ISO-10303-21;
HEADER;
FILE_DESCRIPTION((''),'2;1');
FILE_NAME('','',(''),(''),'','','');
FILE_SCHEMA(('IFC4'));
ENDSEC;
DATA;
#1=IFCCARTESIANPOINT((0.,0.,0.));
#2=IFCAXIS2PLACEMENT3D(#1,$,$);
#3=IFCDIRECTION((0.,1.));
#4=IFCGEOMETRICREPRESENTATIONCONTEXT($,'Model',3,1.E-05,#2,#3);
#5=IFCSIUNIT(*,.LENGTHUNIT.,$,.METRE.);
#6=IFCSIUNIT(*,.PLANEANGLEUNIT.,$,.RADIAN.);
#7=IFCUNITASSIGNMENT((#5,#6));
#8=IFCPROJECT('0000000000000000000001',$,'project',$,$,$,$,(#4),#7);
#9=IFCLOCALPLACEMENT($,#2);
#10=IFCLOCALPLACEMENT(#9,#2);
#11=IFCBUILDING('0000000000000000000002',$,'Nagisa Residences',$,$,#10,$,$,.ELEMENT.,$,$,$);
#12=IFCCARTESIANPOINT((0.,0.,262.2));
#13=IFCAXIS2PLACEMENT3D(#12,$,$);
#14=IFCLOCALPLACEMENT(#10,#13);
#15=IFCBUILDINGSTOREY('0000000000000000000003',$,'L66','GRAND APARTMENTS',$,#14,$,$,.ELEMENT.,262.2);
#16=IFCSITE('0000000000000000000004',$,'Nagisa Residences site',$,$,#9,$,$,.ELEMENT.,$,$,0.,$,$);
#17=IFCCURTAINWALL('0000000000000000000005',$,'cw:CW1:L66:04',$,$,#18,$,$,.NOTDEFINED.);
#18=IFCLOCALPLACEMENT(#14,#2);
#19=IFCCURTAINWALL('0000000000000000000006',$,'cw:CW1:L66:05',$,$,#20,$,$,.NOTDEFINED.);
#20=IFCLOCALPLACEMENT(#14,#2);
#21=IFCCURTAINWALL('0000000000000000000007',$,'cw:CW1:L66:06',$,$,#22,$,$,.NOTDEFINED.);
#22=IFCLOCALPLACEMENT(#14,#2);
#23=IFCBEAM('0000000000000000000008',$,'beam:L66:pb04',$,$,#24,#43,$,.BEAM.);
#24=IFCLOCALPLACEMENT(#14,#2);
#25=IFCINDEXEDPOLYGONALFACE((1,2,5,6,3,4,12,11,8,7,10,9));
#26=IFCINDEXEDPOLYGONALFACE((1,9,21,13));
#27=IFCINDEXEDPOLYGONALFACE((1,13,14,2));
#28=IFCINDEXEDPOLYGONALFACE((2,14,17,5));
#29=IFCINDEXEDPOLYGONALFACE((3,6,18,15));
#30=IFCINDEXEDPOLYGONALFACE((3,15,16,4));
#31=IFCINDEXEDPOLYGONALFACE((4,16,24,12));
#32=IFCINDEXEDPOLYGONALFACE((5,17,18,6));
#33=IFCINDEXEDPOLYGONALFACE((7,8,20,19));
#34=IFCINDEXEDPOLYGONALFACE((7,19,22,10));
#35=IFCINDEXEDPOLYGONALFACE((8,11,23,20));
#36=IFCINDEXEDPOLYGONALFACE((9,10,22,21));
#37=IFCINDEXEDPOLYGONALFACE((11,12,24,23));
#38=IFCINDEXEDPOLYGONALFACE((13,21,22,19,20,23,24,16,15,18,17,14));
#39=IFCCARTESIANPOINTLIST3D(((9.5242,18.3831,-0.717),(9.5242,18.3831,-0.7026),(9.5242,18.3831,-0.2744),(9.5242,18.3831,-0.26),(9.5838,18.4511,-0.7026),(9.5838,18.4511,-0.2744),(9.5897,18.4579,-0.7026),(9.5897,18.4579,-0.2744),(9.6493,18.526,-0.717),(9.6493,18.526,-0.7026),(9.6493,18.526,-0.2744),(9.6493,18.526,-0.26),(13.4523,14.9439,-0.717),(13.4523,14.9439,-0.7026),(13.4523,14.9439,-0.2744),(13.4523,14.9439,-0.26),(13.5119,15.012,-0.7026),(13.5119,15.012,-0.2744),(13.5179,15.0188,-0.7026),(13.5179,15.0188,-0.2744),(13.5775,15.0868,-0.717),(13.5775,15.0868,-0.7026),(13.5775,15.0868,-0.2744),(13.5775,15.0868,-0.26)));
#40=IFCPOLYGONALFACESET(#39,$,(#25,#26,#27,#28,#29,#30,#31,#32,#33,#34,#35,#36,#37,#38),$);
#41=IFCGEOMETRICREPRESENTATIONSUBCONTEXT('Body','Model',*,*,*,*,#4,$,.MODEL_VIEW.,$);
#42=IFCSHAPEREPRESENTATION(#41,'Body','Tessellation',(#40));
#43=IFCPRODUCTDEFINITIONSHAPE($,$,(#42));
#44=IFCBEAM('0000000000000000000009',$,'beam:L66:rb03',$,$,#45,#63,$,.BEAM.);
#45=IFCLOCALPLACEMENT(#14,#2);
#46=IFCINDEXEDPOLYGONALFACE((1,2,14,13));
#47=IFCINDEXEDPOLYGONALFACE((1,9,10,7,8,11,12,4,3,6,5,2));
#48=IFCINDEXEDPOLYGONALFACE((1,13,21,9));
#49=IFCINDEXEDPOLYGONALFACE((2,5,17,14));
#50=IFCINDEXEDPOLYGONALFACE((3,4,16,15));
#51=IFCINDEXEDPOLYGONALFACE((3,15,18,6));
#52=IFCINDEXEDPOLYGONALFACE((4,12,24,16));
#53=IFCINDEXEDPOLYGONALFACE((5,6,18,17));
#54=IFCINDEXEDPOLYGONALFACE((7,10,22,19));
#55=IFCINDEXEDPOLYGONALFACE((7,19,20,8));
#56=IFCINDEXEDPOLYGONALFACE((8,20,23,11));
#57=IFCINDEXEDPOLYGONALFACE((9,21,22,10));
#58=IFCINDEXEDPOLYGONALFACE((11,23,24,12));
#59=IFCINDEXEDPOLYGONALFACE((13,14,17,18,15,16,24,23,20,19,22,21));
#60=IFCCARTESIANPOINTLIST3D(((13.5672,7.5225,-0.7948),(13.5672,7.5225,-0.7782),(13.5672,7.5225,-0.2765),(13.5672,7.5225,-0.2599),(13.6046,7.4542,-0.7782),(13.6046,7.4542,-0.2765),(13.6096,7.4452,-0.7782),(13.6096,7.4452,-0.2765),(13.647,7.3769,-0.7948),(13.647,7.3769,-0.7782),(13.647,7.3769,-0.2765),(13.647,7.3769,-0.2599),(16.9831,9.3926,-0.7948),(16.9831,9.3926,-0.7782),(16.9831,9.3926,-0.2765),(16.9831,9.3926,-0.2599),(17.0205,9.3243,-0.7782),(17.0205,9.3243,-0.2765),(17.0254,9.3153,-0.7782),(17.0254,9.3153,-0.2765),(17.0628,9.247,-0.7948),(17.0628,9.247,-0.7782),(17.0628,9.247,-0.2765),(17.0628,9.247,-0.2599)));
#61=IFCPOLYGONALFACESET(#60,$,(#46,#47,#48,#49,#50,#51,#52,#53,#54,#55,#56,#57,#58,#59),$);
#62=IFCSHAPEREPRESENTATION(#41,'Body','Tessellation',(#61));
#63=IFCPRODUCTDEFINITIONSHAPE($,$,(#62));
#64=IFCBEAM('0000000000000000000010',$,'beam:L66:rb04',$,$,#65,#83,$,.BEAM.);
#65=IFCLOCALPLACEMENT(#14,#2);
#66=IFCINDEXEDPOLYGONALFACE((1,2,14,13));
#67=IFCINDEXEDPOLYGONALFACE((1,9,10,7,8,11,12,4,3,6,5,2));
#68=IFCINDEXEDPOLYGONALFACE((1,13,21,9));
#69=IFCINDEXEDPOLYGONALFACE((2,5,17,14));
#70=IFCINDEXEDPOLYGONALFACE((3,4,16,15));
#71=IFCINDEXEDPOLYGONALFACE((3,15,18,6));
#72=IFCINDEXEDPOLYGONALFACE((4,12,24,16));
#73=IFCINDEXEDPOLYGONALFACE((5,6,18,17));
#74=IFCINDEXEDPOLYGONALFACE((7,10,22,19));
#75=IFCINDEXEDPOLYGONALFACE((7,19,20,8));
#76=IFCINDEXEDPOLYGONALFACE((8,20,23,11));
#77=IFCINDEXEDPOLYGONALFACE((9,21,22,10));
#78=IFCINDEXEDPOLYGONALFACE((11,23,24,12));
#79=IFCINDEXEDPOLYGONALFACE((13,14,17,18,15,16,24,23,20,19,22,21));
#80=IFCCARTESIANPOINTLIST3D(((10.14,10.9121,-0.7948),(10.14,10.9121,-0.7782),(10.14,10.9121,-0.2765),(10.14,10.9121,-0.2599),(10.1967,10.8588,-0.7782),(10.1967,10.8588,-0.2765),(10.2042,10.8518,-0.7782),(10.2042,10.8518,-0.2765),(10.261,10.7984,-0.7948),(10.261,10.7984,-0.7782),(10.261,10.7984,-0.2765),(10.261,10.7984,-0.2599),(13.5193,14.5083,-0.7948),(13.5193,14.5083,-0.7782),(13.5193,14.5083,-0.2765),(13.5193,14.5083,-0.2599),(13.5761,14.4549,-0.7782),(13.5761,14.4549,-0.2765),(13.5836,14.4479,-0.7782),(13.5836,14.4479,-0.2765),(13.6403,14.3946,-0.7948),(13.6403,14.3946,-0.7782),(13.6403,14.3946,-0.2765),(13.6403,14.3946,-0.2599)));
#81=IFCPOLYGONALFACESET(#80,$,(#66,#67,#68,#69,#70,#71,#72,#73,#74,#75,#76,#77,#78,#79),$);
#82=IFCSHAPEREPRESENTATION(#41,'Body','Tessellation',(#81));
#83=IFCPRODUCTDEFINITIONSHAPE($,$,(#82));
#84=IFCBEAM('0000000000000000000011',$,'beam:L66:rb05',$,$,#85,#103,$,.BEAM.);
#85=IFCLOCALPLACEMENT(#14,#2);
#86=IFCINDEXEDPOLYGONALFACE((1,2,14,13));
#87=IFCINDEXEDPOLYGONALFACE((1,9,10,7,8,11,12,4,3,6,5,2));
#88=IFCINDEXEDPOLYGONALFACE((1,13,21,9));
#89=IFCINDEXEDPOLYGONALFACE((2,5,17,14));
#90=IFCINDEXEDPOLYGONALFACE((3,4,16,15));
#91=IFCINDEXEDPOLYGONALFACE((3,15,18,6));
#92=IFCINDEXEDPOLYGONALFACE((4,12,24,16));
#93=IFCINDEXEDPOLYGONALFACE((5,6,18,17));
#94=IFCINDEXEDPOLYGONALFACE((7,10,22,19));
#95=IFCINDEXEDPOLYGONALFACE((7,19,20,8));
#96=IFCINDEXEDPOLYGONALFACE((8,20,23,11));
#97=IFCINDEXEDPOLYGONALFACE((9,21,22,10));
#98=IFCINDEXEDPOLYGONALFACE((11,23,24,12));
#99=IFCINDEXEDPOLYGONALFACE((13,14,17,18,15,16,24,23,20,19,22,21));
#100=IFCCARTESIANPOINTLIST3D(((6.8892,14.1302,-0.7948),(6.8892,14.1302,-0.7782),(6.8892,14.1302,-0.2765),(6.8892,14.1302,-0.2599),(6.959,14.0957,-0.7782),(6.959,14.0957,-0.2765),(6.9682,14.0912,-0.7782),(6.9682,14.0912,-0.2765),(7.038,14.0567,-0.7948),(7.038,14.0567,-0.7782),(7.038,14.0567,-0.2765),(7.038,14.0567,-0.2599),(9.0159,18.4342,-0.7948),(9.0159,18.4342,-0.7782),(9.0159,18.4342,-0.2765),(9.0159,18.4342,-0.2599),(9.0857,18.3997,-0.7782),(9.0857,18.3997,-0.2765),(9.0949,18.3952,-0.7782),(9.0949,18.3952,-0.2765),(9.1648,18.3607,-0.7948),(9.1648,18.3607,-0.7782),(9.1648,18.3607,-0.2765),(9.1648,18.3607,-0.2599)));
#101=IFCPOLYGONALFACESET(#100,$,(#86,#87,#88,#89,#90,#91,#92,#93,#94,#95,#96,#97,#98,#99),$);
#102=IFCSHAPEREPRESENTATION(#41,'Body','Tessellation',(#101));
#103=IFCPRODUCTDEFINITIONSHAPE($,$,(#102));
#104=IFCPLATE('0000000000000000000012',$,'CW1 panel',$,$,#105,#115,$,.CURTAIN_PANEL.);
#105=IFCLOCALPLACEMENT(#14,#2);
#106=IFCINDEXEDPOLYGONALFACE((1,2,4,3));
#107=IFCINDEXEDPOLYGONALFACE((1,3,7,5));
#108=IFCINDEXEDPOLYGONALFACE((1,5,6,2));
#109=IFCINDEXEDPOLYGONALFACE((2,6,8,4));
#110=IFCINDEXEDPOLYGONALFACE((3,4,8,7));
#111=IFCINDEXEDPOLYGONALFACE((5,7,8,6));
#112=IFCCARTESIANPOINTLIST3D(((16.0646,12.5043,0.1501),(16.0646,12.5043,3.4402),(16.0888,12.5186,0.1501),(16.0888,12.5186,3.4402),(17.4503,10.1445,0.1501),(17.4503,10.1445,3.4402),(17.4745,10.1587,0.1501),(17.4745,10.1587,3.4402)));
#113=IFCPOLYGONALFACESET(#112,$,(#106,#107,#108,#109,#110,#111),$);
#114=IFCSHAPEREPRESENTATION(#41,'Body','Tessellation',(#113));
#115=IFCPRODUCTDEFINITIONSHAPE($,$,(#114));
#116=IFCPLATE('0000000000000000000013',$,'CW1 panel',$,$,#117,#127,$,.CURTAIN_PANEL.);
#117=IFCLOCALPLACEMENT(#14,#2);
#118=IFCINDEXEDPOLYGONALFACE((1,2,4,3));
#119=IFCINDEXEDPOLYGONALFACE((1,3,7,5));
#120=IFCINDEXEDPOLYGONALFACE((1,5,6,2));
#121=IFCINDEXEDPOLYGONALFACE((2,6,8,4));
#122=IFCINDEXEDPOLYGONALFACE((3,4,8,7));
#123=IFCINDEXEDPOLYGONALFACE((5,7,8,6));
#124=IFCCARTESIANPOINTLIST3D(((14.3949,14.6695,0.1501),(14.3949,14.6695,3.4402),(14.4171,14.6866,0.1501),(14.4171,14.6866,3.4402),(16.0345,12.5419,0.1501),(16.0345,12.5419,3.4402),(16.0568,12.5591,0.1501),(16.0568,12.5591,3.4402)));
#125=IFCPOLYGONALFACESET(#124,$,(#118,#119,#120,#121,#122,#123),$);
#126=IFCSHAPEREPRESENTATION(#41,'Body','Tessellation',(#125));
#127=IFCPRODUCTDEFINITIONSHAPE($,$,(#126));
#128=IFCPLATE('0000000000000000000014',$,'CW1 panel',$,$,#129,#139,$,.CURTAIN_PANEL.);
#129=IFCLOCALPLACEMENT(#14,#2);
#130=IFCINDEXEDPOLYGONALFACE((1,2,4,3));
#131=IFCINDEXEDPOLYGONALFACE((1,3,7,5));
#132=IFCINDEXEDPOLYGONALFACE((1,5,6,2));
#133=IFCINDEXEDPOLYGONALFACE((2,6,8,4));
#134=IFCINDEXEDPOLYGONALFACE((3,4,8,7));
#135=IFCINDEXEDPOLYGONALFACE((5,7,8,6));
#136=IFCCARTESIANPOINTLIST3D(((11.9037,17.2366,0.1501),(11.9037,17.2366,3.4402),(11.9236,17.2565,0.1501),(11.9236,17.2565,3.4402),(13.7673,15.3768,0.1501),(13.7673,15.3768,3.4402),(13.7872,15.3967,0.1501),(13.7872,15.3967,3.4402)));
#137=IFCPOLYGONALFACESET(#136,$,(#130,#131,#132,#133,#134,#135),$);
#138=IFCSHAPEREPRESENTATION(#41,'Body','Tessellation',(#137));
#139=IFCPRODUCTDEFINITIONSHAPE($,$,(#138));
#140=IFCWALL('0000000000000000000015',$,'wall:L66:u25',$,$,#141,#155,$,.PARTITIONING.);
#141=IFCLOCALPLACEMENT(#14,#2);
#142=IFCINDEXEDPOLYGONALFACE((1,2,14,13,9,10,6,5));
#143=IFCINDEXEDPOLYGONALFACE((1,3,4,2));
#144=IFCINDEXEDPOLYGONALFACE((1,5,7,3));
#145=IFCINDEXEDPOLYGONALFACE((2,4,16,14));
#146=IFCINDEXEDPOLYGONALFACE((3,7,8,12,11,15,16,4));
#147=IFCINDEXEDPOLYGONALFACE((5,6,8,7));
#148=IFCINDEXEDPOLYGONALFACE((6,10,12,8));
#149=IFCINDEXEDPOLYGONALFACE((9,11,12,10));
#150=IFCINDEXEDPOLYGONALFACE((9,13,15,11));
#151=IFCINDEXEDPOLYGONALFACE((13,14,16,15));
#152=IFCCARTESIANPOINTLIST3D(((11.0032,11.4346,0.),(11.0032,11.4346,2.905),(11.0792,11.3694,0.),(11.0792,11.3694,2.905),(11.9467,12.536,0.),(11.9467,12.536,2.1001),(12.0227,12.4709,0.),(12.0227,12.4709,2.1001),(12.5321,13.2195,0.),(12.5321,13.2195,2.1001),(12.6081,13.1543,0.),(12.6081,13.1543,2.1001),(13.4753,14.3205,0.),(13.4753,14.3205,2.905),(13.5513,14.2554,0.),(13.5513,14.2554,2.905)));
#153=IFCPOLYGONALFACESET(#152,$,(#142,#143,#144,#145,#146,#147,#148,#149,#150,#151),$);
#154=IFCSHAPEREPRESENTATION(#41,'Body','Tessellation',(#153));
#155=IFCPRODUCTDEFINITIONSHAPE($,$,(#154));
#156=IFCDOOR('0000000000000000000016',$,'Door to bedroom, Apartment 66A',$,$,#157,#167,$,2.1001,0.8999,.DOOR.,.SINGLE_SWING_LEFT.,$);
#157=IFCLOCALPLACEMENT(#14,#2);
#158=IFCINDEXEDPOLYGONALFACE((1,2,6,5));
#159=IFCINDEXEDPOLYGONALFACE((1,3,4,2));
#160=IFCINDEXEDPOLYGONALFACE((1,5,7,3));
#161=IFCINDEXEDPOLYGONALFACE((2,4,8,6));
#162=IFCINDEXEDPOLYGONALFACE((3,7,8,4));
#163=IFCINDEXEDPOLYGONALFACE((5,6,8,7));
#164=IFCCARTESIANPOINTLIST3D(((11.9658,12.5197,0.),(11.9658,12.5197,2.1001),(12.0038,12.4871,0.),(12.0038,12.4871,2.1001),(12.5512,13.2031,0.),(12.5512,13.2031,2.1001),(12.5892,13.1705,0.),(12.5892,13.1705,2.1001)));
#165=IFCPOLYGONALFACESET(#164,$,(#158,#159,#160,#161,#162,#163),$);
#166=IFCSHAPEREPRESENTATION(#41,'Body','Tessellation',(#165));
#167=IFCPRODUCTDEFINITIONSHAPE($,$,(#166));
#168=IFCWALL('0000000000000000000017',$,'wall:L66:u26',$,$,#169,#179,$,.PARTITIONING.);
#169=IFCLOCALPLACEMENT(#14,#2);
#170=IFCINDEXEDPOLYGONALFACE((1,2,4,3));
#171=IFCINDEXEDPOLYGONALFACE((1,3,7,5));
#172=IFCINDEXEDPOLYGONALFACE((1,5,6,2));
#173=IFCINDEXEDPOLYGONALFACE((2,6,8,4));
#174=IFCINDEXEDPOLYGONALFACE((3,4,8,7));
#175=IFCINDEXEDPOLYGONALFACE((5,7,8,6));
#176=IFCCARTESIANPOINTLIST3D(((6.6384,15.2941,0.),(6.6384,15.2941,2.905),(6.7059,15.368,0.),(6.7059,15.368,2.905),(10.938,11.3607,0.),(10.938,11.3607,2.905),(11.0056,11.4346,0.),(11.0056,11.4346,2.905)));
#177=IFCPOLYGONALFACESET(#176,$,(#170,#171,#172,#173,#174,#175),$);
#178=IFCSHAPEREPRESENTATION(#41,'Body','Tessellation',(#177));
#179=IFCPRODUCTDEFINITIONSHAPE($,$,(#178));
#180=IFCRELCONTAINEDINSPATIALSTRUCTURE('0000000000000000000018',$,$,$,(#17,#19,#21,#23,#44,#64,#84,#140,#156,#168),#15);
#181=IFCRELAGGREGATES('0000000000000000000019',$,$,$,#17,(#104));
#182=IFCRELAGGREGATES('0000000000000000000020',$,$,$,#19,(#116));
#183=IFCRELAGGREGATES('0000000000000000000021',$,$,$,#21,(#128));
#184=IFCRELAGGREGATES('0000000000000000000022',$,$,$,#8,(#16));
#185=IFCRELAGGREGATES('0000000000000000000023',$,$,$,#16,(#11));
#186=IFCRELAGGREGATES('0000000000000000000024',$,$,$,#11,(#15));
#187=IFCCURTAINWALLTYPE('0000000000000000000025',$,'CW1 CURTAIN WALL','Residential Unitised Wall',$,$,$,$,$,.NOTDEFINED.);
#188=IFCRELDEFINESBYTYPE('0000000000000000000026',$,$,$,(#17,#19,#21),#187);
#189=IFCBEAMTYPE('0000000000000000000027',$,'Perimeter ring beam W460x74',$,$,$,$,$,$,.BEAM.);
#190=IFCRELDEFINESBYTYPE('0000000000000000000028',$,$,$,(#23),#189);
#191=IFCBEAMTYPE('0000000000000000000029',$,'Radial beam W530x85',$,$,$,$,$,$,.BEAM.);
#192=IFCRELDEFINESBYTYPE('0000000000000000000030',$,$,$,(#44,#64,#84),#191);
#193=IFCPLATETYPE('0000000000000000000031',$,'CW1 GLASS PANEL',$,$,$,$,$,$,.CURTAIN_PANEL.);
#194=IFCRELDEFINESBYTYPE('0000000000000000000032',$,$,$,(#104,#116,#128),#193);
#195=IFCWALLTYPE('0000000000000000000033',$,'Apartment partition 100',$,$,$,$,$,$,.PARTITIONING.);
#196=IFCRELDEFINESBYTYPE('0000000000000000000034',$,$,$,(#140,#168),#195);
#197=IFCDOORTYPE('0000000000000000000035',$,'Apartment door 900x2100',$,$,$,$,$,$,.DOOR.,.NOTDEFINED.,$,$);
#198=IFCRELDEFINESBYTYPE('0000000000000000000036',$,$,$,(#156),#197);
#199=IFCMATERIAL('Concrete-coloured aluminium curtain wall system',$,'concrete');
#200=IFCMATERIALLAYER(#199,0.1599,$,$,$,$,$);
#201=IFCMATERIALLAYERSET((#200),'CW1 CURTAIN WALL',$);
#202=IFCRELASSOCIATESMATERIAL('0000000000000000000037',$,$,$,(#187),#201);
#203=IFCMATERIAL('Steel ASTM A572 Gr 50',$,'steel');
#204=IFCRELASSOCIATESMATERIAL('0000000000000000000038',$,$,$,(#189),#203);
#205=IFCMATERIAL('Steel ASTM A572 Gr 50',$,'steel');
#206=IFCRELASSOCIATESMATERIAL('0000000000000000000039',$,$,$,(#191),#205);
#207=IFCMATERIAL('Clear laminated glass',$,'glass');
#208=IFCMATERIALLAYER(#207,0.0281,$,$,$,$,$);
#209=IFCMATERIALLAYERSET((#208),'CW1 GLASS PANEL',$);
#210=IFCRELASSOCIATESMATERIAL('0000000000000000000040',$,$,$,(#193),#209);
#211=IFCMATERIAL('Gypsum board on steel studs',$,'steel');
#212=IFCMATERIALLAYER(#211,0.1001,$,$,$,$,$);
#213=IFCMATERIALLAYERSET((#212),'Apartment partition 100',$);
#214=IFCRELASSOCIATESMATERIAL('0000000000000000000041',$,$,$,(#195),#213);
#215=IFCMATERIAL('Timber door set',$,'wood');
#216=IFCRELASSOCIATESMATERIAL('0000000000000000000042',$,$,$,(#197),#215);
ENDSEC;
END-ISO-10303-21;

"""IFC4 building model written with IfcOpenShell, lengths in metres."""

from ifc_helpers import new_model, si_unit, direction, frame, frame_2d, origin, origin_2d, place, context, subcontext, project, spatial, rectangle, i_section, extrude, material, layer, layer_set, material_profile, profile_set, type_object, element, fill, aggregate, save


model = new_model("IFC4")

# Units and contexts
model_context = context("Model", 3, precision=1e-05, world=origin(), true_north=direction((0.0, 1.0)))
body_context = subcontext(model_context, "Body", "Model", "MODEL_VIEW")
ifc_project = project(units=[si_unit("LENGTHUNIT", "METRE"), si_unit("PLANEANGLEUNIT", "RADIAN")], contexts=[model_context])

# Site, building, storey
site_placement = place(None, origin())
site = spatial("IfcSite", under=ifc_project, at=site_placement, Name="Nagisa Residences site", CompositionType="ELEMENT", RefElevation=0.0)
building_placement = place(site_placement, origin())
building = spatial("IfcBuilding", under=site, at=building_placement, Name="Nagisa Residences", CompositionType="ELEMENT")
storey_placement = place(building_placement, frame((0.0, 0.0, 262.2)))
storey = spatial("IfcBuildingStorey", under=building, at=storey_placement, Name="L66", Description="GRAND APARTMENTS", CompositionType="ELEMENT", Elevation=262.2)

# Curtain walls
ifc_material_1 = material(Name="Concrete-coloured aluminium curtain wall system", Category="concrete")
ifc_layer_1 = layer(ifc_material_1, 0.1599)
ifc_layer_set_1 = layer_set([ifc_layer_1], Name="CW1 CURTAIN WALL")
curtain_wall_type = type_object("IfcCurtainWallType", Name="CW1 CURTAIN WALL", Description="Residential Unitised Wall", PredefinedType="NOTDEFINED", material=ifc_layer_set_1)
curtain_wall_1_placement = place(storey_placement, origin())
curtain_wall_1 = element("IfcCurtainWall", 1, at=curtain_wall_1_placement, inside=storey, type_object=curtain_wall_type, Name="cw:CW1:L66:04", PredefinedType="NOTDEFINED")
curtain_wall_2_placement = place(storey_placement, origin())
curtain_wall_2 = element("IfcCurtainWall", 2, at=curtain_wall_2_placement, inside=storey, type_object=curtain_wall_type, Name="cw:CW1:L66:05", PredefinedType="NOTDEFINED")
curtain_wall_3_placement = place(storey_placement, origin())
curtain_wall_3 = element("IfcCurtainWall", 3, at=curtain_wall_3_placement, inside=storey, type_object=curtain_wall_type, Name="cw:CW1:L66:06", PredefinedType="NOTDEFINED")

# Beams
ifc_material_2 = material(Name="Steel ASTM A572 Gr 50", Category="steel")
ifc_material_profile_1 = material_profile(ifc_material_2, i_section(OverallWidth=0.1899, OverallDepth=0.457, WebThickness=0.009, FlangeThickness=0.0144, at=origin_2d()), Name="W460x74")
ifc_profile_set_1 = profile_set([ifc_material_profile_1], Name="Steel ASTM A572 Gr 50")
beam_type_1 = type_object("IfcBeamType", Name="Perimeter ring beam W460x74", PredefinedType="BEAM", material=ifc_profile_set_1)
beam_1_placement = place(storey_placement, frame((13.5149, 15.0154, -0.4885), z_axis=(-0.752385, 0.658723, 0.0), x_axis=(-0.658723, -0.752385, 0.0)))
element("IfcBeam", 4, at=beam_1_placement, inside=storey, type_object=beam_type_1, Name="beam:L66:pb04", PredefinedType="BEAM", context=body_context, shape_type="SweptSolid", body=[
    extrude(i_section(OverallWidth=0.1899, OverallDepth=0.457, WebThickness=0.009, FlangeThickness=0.0144, at=origin_2d()), origin(), (0.0, 0.0, 1.0), 5.2209),
])
ifc_material_3 = material(Name="Steel ASTM A572 Gr 50", Category="steel")
ifc_material_profile_2 = material_profile(ifc_material_3, i_section(OverallWidth=0.166, OverallDepth=0.5349, WebThickness=0.0103, FlangeThickness=0.0166, at=origin_2d()), Name="W530x85")
ifc_profile_set_2 = profile_set([ifc_material_profile_2], Name="Steel ASTM A572 Gr 50")
beam_type_2 = type_object("IfcBeamType", Name="Radial beam W530x85", PredefinedType="BEAM", material=ifc_profile_set_2)
beam_2_placement = place(storey_placement, frame((17.0229, 9.3198, -0.5273), z_axis=(-0.877142, -0.480231, 0.0), x_axis=(0.480231, -0.877142, 0.0)))
element("IfcBeam", 5, at=beam_2_placement, inside=storey, type_object=beam_type_2, Name="beam:L66:rb03", PredefinedType="BEAM", context=body_context, shape_type="SweptSolid", body=[
    extrude(i_section(OverallWidth=0.166, OverallDepth=0.5349, WebThickness=0.0103, FlangeThickness=0.0166, at=origin_2d()), origin(), (0.0, 0.0, 1.0), 3.8943),
])
beam_3_placement = place(storey_placement, frame((13.5798, 14.4514, -0.5273), z_axis=(-0.6848, -0.728731, 0.0), x_axis=(0.728731, -0.6848, 0.0)))
element("IfcBeam", 6, at=beam_3_placement, inside=storey, type_object=beam_type_2, Name="beam:L66:rb04", PredefinedType="BEAM", context=body_context, shape_type="SweptSolid", body=[
    extrude(i_section(OverallWidth=0.166, OverallDepth=0.5349, WebThickness=0.0103, FlangeThickness=0.0166, at=origin_2d()), origin(), (0.0, 0.0, 1.0), 4.9348),
])
beam_4_placement = place(storey_placement, frame((9.0903, 18.3975, -0.5273), z_axis=(-0.442998, -0.896523, 0.0), x_axis=(0.896523, -0.442998, 0.0)))
element("IfcBeam", 7, at=beam_4_placement, inside=storey, type_object=beam_type_2, Name="beam:L66:rb05", PredefinedType="BEAM", context=body_context, shape_type="SweptSolid", body=[
    extrude(i_section(OverallWidth=0.166, OverallDepth=0.5349, WebThickness=0.0103, FlangeThickness=0.0166, at=origin_2d()), origin(), (0.0, 0.0, 1.0), 4.8008),
])

# Plates
ifc_material_4 = material(Name="Clear laminated glass", Category="glass")
ifc_layer_2 = layer(ifc_material_4, 0.0281)
ifc_layer_set_2 = layer_set([ifc_layer_2], Name="CW1 GLASS PANEL")
plate_type = type_object("IfcPlateType", Name="CW1 GLASS PANEL", PredefinedType="CURTAIN_PANEL", material=ifc_layer_set_2)
plate_1_placement = place(storey_placement, frame((16.7695, 11.3315, 0.1501), z_axis=(0.0, 0.0, 1.0), x_axis=(-0.506349, 0.862329, 0.0)))
plate_1 = element("IfcPlate", 8, at=plate_1_placement, type_object=plate_type, Name="CW1 panel", PredefinedType="CURTAIN_PANEL", context=body_context, shape_type="SweptSolid", body=[
    extrude(rectangle(XDim=2.7366, YDim=0.0281, at=origin_2d()), origin(), (0.0, 0.0, 1.0), 3.29),
])
aggregate(curtain_wall_1, [plate_1])
plate_2_placement = place(storey_placement, frame((15.2258, 13.6143, 0.1501), z_axis=(0.0, 0.0, 1.0), x_axis=(-0.61043, 0.79207, 0.0)))
plate_2 = element("IfcPlate", 9, at=plate_2_placement, type_object=plate_type, Name="CW1 panel", PredefinedType="CURTAIN_PANEL", context=body_context, shape_type="SweptSolid", body=[
    extrude(rectangle(XDim=2.686, YDim=0.0281, at=origin_2d()), origin(), (0.0, 0.0, 1.0), 3.29),
])
aggregate(curtain_wall_2, [plate_2])
plate_3_placement = place(storey_placement, frame((12.8455, 16.3167, 0.1501), z_axis=(0.0, 0.0, 1.0), x_axis=(-0.707836, 0.706377, 0.0)))
plate_3 = element("IfcPlate", 10, at=plate_3_placement, type_object=plate_type, Name="CW1 panel", PredefinedType="CURTAIN_PANEL", context=body_context, shape_type="SweptSolid", body=[
    extrude(rectangle(XDim=2.6328, YDim=0.0281, at=origin_2d()), origin(), (0.0, 0.0, 1.0), 3.29),
])
aggregate(curtain_wall_3, [plate_3])

# Wall, opening, door
ifc_material_5 = material(Name="Gypsum board on steel studs", Category="steel")
ifc_layer_3 = layer(ifc_material_5, 0.1001)
ifc_layer_set_3 = layer_set([ifc_layer_3], Name="Apartment partition 100")
wall_type_1 = type_object("IfcWallType", Name="Apartment partition 100", PredefinedType="PARTITIONING", material=ifc_layer_set_3)
wall_1_placement = place(storey_placement, frame((11.0413, 11.4021, 0.0), z_axis=(0.0, 0.0, 1.0), x_axis=(0.650559, 0.759456, 0.0)))
wall_1 = element("IfcWall", 11, at=wall_1_placement, inside=storey, type_object=wall_type_1, Name="wall:L66:u25", PredefinedType="PARTITIONING", context=body_context, shape_type="SweptSolid", body=[
    extrude(rectangle(XDim=3.8, YDim=0.1001, at=frame_2d((1.8999, 0.0))), origin(), (0.0, 0.0, 1.0), 2.905),
])
opening_1_placement = place(wall_1_placement, frame((1.4502, 0.0, 0.0)))
opening_1 = element("IfcOpeningElement", 12, at=opening_1_placement, cuts=wall_1, PredefinedType="OPENING", context=body_context, shape_type="SweptSolid", body=[
    extrude(rectangle(XDim=0.8999, YDim=2.1001, at=frame_2d((0.45, 1.05))), frame((0.0, 0.0601, 0.0), z_axis=(0.0, -1.0, 0.0), x_axis=(1.0, 0.0, 0.0)), (0.0, 0.0, 1.0), 0.1201),
])
ifc_material_6 = material(Name="Timber door set", Category="wood")
door_type_1 = type_object("IfcDoorType", Name="Apartment door 900x2100", OperationType="NOTDEFINED", PredefinedType="DOOR", material=ifc_material_6)
door_1_placement = place(opening_1_placement, origin())
door_1 = element("IfcDoor", 13, at=door_1_placement, inside=storey, type_object=door_type_1, Name="Door to bedroom, Apartment 66A", OperationType="SINGLE_SWING_LEFT", OverallHeight=2.1001, OverallWidth=0.8999, PredefinedType="DOOR", context=body_context, shape_type="SweptSolid", body=[
    extrude(rectangle(XDim=0.8999, YDim=2.1001, at=frame_2d((0.45, 1.05))), frame((0.0, 0.0249, 0.0), z_axis=(0.0, -1.0, 0.0), x_axis=(1.0, 0.0, 0.0)), (0.0, 0.0, 1.0), 0.05),
])
fill(opening_1, door_1)

# Wall
wall_2_placement = place(storey_placement, frame((10.9717, 11.3977, 0.0), z_axis=(0.0, 0.0, 1.0), x_axis=(-0.73783, 0.674986, 0.0)))
element("IfcWall", 14, at=wall_2_placement, inside=storey, type_object=wall_type_1, Name="wall:L66:u26", PredefinedType="PARTITIONING", context=body_context, shape_type="SweptSolid", body=[
    extrude(rectangle(XDim=5.8274, YDim=0.1001, at=frame_2d((2.9136, 0.0))), origin(), (0.0, 0.0, 1.0), 2.905),
])

save(model, "model.ifc")
